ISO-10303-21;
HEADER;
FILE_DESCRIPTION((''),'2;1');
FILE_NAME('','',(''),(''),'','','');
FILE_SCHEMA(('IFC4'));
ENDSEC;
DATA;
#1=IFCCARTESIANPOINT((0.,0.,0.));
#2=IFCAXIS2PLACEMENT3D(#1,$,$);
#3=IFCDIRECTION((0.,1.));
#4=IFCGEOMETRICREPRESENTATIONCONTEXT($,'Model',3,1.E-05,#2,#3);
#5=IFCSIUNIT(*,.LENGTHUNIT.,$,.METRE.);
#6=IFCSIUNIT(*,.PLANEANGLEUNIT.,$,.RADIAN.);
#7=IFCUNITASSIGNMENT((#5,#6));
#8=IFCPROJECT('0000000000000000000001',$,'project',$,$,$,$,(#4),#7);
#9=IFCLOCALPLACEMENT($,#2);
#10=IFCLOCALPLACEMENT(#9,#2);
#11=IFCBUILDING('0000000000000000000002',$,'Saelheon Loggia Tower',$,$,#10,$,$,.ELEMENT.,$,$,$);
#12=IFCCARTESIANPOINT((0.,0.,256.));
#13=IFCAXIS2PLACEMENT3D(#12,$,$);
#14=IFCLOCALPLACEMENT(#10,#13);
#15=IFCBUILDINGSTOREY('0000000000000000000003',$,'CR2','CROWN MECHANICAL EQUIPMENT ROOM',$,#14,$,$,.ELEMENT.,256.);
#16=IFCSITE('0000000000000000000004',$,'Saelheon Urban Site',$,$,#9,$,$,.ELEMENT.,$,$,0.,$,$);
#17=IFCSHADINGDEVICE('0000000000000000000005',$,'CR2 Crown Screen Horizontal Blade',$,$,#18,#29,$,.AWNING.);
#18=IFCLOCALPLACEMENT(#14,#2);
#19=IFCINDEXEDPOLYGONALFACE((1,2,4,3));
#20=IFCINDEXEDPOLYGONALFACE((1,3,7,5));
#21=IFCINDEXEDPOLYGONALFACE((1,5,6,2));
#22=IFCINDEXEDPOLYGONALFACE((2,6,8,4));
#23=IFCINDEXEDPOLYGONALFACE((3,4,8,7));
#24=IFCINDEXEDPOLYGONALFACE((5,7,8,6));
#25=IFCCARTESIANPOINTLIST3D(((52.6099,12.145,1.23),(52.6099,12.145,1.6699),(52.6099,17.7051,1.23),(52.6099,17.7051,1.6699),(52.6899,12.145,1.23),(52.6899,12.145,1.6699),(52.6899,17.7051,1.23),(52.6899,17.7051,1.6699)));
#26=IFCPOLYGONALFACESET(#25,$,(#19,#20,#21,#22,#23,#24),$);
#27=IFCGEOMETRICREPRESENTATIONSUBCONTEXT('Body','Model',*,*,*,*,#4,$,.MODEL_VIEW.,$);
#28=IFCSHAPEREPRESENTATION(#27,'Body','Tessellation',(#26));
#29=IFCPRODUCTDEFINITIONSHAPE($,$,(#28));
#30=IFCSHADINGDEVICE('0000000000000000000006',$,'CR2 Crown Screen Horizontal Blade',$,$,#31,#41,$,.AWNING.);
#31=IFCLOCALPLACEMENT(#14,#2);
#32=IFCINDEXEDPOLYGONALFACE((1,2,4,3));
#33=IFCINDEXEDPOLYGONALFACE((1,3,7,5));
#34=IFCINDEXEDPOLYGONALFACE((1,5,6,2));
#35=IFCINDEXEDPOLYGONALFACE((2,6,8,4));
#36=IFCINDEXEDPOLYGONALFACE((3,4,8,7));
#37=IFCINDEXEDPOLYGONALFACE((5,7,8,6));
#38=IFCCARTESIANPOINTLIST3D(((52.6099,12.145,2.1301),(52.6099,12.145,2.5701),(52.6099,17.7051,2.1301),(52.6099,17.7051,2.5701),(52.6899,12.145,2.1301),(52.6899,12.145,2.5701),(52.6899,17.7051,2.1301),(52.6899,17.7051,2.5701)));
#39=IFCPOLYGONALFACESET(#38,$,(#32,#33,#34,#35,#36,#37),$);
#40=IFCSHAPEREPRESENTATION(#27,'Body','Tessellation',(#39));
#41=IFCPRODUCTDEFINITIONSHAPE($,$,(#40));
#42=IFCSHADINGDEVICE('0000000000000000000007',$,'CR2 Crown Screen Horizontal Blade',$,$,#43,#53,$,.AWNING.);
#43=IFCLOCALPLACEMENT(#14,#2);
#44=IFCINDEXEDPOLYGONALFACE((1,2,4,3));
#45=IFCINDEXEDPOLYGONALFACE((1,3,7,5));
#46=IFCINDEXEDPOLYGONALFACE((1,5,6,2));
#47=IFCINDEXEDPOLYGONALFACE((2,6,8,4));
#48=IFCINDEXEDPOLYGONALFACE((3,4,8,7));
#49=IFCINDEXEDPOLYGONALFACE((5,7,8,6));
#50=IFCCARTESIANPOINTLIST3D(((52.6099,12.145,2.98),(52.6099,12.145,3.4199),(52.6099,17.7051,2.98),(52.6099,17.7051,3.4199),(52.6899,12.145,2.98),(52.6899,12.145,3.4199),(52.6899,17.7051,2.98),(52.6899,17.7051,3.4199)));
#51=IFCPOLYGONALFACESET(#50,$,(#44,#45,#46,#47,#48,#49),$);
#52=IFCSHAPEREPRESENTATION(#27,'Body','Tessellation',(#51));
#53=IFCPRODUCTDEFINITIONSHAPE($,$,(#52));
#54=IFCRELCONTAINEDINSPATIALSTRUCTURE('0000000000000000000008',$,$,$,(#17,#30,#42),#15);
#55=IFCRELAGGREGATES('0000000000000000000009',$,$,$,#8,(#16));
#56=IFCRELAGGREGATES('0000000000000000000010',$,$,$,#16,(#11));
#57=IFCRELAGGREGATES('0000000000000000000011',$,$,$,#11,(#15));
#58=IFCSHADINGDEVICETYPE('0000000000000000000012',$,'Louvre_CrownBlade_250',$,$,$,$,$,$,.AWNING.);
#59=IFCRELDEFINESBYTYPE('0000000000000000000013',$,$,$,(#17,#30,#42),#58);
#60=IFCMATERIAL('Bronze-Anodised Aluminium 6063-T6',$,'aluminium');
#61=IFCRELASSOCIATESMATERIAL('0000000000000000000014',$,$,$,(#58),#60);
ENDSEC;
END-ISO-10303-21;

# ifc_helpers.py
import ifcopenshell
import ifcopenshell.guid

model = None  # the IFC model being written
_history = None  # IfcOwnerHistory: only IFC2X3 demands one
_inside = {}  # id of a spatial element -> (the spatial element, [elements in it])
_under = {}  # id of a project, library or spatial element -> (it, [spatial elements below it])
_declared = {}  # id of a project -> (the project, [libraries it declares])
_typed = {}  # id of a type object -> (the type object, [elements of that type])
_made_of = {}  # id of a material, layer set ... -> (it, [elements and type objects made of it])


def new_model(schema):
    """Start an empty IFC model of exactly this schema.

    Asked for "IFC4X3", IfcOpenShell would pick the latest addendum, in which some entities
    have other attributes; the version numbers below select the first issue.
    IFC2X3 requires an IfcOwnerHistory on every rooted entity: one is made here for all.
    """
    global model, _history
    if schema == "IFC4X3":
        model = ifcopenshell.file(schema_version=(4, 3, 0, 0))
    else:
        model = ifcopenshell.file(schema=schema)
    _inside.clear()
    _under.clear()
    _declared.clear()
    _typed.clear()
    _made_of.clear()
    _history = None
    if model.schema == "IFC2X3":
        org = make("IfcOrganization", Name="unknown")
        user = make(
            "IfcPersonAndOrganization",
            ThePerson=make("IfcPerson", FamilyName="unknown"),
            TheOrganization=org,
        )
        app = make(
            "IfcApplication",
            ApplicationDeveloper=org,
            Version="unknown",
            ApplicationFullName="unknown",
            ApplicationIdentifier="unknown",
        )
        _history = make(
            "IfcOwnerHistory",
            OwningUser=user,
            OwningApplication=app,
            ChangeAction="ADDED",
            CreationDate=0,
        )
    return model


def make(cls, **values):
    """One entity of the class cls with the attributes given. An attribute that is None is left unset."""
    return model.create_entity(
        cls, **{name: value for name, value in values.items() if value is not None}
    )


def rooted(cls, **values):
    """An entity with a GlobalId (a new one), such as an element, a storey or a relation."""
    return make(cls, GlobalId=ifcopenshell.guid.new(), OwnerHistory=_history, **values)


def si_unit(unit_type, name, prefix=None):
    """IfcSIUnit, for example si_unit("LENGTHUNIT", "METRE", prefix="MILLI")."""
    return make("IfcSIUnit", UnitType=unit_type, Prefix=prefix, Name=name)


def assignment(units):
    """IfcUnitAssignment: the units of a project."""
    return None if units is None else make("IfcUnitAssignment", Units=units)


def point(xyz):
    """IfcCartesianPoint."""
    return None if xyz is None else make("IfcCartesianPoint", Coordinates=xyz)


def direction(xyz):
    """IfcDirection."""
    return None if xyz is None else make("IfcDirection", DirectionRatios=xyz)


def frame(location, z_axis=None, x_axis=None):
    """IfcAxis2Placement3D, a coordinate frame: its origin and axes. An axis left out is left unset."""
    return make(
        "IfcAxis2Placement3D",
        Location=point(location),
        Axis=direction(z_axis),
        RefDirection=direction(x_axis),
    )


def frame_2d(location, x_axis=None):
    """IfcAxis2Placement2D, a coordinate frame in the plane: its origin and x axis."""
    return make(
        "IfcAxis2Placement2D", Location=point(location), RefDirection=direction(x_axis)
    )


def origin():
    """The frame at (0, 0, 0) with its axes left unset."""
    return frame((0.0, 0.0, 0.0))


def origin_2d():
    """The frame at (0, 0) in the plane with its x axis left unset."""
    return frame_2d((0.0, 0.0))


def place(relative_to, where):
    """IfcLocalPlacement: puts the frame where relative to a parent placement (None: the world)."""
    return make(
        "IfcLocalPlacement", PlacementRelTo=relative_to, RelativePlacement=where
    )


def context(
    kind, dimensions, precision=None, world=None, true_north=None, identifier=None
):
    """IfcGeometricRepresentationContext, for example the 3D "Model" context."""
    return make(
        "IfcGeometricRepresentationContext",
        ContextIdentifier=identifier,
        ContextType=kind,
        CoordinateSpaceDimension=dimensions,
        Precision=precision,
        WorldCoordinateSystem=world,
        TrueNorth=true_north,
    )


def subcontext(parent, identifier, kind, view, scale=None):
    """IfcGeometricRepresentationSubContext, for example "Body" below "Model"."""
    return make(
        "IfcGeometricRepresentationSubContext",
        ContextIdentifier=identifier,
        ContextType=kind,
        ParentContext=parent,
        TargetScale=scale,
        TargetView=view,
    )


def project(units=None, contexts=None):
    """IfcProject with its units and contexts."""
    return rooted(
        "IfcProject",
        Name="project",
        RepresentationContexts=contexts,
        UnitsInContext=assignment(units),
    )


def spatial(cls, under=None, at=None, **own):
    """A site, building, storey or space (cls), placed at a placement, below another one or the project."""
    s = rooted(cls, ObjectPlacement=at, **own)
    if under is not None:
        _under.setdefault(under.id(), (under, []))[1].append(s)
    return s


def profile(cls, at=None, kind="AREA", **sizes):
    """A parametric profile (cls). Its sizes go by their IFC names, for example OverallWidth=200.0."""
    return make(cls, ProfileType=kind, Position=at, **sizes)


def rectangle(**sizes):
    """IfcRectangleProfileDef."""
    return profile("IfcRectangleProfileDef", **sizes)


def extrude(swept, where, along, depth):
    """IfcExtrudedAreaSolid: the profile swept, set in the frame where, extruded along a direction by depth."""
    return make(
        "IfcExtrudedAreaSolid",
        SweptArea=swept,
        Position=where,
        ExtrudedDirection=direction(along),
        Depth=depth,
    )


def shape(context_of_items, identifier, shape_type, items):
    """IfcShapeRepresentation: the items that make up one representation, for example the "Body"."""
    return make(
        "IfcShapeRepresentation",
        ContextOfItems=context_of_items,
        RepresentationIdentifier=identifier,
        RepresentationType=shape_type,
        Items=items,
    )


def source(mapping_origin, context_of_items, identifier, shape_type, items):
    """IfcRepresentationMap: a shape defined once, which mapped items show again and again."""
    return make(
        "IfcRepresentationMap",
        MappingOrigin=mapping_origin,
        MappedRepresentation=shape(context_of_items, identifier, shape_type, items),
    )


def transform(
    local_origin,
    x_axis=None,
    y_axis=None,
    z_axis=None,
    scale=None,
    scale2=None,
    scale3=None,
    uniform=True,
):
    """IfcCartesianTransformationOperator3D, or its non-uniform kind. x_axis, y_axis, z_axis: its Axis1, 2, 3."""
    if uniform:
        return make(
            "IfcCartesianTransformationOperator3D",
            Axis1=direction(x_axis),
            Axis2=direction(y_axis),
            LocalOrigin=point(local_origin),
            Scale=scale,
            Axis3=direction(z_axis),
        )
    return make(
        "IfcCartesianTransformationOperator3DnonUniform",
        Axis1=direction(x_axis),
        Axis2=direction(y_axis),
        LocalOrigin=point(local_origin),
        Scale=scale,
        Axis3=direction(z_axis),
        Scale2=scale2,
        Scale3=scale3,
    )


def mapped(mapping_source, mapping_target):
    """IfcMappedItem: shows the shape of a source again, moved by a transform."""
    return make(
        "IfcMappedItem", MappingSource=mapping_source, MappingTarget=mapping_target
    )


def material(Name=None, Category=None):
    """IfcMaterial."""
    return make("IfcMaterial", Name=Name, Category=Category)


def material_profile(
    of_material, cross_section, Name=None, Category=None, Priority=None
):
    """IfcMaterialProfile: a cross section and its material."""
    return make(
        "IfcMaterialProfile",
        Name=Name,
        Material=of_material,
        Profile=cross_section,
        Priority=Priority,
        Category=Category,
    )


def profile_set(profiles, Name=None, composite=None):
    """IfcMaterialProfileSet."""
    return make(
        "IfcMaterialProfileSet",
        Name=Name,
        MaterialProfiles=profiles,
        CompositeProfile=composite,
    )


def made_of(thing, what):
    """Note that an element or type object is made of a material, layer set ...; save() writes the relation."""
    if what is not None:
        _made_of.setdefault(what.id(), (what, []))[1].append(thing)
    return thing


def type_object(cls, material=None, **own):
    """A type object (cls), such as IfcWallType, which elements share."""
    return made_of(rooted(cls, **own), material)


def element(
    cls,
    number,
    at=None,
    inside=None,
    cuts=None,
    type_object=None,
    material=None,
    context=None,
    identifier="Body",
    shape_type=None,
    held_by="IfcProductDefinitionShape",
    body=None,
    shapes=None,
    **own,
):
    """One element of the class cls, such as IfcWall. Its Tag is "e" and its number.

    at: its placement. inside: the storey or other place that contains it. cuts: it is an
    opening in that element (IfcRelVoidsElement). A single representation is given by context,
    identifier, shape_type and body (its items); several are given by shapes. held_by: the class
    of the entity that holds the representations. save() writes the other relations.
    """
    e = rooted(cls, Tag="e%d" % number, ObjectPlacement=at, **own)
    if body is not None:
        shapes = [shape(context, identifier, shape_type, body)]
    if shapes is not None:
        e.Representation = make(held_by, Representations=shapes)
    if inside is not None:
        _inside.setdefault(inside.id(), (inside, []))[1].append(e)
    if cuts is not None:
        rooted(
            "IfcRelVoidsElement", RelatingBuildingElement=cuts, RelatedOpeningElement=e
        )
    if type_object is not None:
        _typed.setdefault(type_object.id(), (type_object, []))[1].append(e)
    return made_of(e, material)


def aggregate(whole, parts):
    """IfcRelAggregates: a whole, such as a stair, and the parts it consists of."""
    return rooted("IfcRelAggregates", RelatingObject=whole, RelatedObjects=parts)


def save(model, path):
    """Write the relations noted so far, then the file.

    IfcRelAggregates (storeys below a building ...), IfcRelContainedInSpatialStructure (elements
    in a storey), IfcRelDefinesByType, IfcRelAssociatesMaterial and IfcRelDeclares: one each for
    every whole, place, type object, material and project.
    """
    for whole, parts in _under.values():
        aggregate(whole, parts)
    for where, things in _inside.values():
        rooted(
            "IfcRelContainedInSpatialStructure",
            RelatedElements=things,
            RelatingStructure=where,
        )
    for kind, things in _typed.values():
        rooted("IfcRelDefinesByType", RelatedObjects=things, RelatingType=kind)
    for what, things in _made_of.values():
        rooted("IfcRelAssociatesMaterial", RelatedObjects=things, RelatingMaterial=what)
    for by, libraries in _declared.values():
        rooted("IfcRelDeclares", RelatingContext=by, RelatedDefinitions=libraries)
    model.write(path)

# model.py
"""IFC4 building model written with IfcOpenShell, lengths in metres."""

from ifc_helpers import new_model, si_unit, direction, frame, origin, origin_2d, place, context, subcontext, project, spatial, rectangle, extrude, source, transform, mapped, material, material_profile, profile_set, type_object, element, save


model = new_model("IFC4")

# Units and contexts
model_context = context("Model", 3, precision=1e-05, world=origin(), true_north=direction((0.0, 1.0)))
body_context = subcontext(model_context, "Body", "Model", "MODEL_VIEW")
ifc_project = project(units=[si_unit("LENGTHUNIT", "METRE"), si_unit("PLANEANGLEUNIT", "RADIAN")], contexts=[model_context])

# Site, building, storey
site_placement = place(None, origin())
site = spatial("IfcSite", under=ifc_project, at=site_placement, Name="Saelheon Urban Site", CompositionType="ELEMENT", RefElevation=0.0)
building_placement = place(site_placement, origin())
building = spatial("IfcBuilding", under=site, at=building_placement, Name="Saelheon Loggia Tower", CompositionType="ELEMENT")
storey_placement = place(building_placement, frame((0.0, 0.0, 256.0)))
storey = spatial("IfcBuildingStorey", under=building, at=storey_placement, Name="CR2", Description="CROWN MECHANICAL EQUIPMENT ROOM", CompositionType="ELEMENT", Elevation=256.0)

# Shared definitions
ifc_material_1 = material(Name="Bronze-Anodised Aluminium 6063-T6", Category="aluminium")

# Shading devices
ifc_material_profile_1 = material_profile(ifc_material_1, rectangle(XDim=0.0801, YDim=0.4399, at=origin_2d()), Name="Louvre_CrownBlade_250")
ifc_profile_set_1 = profile_set([ifc_material_profile_1], Name="Bronze-Anodised Aluminium 6063-T6")
shading_device_type = type_object("IfcShadingDeviceType", Name="Louvre_CrownBlade_250", PredefinedType="AWNING", material=ifc_profile_set_1)
shared_shape_1 = source(origin(), body_context, "Body", "SweptSolid", [
    extrude(rectangle(XDim=0.0801, YDim=0.4399, at=origin_2d()), origin(), (0.0, 0.0, 1.0), 5.5601),
])
for number, where, z_axis, x_axis, name in (
    (1, (52.6499, 12.145, 1.45), (0.0, 1.0, 0.0), (-1.0, 0.0, 0.0), "CR2 Crown Screen Horizontal Blade"),
    (2, (52.6499, 12.145, 2.3501), (0.0, 1.0, 0.0), (-1.0, 0.0, 0.0), "CR2 Crown Screen Horizontal Blade"),
    (3, (52.6499, 12.145, 3.2), (0.0, 1.0, 0.0), (-1.0, 0.0, 0.0), "CR2 Crown Screen Horizontal Blade"),
):
    element("IfcShadingDevice", number, at=place(storey_placement, frame(where, z_axis=z_axis, x_axis=x_axis)), inside=storey, type_object=shading_device_type, Name=name, PredefinedType="AWNING", context=body_context, shape_type="MappedRepresentation", body=[
        mapped(shared_shape_1, transform((0.0, 0.0, 0.0), scale=1.0)),
    ])

save(model, "model.ifc")
